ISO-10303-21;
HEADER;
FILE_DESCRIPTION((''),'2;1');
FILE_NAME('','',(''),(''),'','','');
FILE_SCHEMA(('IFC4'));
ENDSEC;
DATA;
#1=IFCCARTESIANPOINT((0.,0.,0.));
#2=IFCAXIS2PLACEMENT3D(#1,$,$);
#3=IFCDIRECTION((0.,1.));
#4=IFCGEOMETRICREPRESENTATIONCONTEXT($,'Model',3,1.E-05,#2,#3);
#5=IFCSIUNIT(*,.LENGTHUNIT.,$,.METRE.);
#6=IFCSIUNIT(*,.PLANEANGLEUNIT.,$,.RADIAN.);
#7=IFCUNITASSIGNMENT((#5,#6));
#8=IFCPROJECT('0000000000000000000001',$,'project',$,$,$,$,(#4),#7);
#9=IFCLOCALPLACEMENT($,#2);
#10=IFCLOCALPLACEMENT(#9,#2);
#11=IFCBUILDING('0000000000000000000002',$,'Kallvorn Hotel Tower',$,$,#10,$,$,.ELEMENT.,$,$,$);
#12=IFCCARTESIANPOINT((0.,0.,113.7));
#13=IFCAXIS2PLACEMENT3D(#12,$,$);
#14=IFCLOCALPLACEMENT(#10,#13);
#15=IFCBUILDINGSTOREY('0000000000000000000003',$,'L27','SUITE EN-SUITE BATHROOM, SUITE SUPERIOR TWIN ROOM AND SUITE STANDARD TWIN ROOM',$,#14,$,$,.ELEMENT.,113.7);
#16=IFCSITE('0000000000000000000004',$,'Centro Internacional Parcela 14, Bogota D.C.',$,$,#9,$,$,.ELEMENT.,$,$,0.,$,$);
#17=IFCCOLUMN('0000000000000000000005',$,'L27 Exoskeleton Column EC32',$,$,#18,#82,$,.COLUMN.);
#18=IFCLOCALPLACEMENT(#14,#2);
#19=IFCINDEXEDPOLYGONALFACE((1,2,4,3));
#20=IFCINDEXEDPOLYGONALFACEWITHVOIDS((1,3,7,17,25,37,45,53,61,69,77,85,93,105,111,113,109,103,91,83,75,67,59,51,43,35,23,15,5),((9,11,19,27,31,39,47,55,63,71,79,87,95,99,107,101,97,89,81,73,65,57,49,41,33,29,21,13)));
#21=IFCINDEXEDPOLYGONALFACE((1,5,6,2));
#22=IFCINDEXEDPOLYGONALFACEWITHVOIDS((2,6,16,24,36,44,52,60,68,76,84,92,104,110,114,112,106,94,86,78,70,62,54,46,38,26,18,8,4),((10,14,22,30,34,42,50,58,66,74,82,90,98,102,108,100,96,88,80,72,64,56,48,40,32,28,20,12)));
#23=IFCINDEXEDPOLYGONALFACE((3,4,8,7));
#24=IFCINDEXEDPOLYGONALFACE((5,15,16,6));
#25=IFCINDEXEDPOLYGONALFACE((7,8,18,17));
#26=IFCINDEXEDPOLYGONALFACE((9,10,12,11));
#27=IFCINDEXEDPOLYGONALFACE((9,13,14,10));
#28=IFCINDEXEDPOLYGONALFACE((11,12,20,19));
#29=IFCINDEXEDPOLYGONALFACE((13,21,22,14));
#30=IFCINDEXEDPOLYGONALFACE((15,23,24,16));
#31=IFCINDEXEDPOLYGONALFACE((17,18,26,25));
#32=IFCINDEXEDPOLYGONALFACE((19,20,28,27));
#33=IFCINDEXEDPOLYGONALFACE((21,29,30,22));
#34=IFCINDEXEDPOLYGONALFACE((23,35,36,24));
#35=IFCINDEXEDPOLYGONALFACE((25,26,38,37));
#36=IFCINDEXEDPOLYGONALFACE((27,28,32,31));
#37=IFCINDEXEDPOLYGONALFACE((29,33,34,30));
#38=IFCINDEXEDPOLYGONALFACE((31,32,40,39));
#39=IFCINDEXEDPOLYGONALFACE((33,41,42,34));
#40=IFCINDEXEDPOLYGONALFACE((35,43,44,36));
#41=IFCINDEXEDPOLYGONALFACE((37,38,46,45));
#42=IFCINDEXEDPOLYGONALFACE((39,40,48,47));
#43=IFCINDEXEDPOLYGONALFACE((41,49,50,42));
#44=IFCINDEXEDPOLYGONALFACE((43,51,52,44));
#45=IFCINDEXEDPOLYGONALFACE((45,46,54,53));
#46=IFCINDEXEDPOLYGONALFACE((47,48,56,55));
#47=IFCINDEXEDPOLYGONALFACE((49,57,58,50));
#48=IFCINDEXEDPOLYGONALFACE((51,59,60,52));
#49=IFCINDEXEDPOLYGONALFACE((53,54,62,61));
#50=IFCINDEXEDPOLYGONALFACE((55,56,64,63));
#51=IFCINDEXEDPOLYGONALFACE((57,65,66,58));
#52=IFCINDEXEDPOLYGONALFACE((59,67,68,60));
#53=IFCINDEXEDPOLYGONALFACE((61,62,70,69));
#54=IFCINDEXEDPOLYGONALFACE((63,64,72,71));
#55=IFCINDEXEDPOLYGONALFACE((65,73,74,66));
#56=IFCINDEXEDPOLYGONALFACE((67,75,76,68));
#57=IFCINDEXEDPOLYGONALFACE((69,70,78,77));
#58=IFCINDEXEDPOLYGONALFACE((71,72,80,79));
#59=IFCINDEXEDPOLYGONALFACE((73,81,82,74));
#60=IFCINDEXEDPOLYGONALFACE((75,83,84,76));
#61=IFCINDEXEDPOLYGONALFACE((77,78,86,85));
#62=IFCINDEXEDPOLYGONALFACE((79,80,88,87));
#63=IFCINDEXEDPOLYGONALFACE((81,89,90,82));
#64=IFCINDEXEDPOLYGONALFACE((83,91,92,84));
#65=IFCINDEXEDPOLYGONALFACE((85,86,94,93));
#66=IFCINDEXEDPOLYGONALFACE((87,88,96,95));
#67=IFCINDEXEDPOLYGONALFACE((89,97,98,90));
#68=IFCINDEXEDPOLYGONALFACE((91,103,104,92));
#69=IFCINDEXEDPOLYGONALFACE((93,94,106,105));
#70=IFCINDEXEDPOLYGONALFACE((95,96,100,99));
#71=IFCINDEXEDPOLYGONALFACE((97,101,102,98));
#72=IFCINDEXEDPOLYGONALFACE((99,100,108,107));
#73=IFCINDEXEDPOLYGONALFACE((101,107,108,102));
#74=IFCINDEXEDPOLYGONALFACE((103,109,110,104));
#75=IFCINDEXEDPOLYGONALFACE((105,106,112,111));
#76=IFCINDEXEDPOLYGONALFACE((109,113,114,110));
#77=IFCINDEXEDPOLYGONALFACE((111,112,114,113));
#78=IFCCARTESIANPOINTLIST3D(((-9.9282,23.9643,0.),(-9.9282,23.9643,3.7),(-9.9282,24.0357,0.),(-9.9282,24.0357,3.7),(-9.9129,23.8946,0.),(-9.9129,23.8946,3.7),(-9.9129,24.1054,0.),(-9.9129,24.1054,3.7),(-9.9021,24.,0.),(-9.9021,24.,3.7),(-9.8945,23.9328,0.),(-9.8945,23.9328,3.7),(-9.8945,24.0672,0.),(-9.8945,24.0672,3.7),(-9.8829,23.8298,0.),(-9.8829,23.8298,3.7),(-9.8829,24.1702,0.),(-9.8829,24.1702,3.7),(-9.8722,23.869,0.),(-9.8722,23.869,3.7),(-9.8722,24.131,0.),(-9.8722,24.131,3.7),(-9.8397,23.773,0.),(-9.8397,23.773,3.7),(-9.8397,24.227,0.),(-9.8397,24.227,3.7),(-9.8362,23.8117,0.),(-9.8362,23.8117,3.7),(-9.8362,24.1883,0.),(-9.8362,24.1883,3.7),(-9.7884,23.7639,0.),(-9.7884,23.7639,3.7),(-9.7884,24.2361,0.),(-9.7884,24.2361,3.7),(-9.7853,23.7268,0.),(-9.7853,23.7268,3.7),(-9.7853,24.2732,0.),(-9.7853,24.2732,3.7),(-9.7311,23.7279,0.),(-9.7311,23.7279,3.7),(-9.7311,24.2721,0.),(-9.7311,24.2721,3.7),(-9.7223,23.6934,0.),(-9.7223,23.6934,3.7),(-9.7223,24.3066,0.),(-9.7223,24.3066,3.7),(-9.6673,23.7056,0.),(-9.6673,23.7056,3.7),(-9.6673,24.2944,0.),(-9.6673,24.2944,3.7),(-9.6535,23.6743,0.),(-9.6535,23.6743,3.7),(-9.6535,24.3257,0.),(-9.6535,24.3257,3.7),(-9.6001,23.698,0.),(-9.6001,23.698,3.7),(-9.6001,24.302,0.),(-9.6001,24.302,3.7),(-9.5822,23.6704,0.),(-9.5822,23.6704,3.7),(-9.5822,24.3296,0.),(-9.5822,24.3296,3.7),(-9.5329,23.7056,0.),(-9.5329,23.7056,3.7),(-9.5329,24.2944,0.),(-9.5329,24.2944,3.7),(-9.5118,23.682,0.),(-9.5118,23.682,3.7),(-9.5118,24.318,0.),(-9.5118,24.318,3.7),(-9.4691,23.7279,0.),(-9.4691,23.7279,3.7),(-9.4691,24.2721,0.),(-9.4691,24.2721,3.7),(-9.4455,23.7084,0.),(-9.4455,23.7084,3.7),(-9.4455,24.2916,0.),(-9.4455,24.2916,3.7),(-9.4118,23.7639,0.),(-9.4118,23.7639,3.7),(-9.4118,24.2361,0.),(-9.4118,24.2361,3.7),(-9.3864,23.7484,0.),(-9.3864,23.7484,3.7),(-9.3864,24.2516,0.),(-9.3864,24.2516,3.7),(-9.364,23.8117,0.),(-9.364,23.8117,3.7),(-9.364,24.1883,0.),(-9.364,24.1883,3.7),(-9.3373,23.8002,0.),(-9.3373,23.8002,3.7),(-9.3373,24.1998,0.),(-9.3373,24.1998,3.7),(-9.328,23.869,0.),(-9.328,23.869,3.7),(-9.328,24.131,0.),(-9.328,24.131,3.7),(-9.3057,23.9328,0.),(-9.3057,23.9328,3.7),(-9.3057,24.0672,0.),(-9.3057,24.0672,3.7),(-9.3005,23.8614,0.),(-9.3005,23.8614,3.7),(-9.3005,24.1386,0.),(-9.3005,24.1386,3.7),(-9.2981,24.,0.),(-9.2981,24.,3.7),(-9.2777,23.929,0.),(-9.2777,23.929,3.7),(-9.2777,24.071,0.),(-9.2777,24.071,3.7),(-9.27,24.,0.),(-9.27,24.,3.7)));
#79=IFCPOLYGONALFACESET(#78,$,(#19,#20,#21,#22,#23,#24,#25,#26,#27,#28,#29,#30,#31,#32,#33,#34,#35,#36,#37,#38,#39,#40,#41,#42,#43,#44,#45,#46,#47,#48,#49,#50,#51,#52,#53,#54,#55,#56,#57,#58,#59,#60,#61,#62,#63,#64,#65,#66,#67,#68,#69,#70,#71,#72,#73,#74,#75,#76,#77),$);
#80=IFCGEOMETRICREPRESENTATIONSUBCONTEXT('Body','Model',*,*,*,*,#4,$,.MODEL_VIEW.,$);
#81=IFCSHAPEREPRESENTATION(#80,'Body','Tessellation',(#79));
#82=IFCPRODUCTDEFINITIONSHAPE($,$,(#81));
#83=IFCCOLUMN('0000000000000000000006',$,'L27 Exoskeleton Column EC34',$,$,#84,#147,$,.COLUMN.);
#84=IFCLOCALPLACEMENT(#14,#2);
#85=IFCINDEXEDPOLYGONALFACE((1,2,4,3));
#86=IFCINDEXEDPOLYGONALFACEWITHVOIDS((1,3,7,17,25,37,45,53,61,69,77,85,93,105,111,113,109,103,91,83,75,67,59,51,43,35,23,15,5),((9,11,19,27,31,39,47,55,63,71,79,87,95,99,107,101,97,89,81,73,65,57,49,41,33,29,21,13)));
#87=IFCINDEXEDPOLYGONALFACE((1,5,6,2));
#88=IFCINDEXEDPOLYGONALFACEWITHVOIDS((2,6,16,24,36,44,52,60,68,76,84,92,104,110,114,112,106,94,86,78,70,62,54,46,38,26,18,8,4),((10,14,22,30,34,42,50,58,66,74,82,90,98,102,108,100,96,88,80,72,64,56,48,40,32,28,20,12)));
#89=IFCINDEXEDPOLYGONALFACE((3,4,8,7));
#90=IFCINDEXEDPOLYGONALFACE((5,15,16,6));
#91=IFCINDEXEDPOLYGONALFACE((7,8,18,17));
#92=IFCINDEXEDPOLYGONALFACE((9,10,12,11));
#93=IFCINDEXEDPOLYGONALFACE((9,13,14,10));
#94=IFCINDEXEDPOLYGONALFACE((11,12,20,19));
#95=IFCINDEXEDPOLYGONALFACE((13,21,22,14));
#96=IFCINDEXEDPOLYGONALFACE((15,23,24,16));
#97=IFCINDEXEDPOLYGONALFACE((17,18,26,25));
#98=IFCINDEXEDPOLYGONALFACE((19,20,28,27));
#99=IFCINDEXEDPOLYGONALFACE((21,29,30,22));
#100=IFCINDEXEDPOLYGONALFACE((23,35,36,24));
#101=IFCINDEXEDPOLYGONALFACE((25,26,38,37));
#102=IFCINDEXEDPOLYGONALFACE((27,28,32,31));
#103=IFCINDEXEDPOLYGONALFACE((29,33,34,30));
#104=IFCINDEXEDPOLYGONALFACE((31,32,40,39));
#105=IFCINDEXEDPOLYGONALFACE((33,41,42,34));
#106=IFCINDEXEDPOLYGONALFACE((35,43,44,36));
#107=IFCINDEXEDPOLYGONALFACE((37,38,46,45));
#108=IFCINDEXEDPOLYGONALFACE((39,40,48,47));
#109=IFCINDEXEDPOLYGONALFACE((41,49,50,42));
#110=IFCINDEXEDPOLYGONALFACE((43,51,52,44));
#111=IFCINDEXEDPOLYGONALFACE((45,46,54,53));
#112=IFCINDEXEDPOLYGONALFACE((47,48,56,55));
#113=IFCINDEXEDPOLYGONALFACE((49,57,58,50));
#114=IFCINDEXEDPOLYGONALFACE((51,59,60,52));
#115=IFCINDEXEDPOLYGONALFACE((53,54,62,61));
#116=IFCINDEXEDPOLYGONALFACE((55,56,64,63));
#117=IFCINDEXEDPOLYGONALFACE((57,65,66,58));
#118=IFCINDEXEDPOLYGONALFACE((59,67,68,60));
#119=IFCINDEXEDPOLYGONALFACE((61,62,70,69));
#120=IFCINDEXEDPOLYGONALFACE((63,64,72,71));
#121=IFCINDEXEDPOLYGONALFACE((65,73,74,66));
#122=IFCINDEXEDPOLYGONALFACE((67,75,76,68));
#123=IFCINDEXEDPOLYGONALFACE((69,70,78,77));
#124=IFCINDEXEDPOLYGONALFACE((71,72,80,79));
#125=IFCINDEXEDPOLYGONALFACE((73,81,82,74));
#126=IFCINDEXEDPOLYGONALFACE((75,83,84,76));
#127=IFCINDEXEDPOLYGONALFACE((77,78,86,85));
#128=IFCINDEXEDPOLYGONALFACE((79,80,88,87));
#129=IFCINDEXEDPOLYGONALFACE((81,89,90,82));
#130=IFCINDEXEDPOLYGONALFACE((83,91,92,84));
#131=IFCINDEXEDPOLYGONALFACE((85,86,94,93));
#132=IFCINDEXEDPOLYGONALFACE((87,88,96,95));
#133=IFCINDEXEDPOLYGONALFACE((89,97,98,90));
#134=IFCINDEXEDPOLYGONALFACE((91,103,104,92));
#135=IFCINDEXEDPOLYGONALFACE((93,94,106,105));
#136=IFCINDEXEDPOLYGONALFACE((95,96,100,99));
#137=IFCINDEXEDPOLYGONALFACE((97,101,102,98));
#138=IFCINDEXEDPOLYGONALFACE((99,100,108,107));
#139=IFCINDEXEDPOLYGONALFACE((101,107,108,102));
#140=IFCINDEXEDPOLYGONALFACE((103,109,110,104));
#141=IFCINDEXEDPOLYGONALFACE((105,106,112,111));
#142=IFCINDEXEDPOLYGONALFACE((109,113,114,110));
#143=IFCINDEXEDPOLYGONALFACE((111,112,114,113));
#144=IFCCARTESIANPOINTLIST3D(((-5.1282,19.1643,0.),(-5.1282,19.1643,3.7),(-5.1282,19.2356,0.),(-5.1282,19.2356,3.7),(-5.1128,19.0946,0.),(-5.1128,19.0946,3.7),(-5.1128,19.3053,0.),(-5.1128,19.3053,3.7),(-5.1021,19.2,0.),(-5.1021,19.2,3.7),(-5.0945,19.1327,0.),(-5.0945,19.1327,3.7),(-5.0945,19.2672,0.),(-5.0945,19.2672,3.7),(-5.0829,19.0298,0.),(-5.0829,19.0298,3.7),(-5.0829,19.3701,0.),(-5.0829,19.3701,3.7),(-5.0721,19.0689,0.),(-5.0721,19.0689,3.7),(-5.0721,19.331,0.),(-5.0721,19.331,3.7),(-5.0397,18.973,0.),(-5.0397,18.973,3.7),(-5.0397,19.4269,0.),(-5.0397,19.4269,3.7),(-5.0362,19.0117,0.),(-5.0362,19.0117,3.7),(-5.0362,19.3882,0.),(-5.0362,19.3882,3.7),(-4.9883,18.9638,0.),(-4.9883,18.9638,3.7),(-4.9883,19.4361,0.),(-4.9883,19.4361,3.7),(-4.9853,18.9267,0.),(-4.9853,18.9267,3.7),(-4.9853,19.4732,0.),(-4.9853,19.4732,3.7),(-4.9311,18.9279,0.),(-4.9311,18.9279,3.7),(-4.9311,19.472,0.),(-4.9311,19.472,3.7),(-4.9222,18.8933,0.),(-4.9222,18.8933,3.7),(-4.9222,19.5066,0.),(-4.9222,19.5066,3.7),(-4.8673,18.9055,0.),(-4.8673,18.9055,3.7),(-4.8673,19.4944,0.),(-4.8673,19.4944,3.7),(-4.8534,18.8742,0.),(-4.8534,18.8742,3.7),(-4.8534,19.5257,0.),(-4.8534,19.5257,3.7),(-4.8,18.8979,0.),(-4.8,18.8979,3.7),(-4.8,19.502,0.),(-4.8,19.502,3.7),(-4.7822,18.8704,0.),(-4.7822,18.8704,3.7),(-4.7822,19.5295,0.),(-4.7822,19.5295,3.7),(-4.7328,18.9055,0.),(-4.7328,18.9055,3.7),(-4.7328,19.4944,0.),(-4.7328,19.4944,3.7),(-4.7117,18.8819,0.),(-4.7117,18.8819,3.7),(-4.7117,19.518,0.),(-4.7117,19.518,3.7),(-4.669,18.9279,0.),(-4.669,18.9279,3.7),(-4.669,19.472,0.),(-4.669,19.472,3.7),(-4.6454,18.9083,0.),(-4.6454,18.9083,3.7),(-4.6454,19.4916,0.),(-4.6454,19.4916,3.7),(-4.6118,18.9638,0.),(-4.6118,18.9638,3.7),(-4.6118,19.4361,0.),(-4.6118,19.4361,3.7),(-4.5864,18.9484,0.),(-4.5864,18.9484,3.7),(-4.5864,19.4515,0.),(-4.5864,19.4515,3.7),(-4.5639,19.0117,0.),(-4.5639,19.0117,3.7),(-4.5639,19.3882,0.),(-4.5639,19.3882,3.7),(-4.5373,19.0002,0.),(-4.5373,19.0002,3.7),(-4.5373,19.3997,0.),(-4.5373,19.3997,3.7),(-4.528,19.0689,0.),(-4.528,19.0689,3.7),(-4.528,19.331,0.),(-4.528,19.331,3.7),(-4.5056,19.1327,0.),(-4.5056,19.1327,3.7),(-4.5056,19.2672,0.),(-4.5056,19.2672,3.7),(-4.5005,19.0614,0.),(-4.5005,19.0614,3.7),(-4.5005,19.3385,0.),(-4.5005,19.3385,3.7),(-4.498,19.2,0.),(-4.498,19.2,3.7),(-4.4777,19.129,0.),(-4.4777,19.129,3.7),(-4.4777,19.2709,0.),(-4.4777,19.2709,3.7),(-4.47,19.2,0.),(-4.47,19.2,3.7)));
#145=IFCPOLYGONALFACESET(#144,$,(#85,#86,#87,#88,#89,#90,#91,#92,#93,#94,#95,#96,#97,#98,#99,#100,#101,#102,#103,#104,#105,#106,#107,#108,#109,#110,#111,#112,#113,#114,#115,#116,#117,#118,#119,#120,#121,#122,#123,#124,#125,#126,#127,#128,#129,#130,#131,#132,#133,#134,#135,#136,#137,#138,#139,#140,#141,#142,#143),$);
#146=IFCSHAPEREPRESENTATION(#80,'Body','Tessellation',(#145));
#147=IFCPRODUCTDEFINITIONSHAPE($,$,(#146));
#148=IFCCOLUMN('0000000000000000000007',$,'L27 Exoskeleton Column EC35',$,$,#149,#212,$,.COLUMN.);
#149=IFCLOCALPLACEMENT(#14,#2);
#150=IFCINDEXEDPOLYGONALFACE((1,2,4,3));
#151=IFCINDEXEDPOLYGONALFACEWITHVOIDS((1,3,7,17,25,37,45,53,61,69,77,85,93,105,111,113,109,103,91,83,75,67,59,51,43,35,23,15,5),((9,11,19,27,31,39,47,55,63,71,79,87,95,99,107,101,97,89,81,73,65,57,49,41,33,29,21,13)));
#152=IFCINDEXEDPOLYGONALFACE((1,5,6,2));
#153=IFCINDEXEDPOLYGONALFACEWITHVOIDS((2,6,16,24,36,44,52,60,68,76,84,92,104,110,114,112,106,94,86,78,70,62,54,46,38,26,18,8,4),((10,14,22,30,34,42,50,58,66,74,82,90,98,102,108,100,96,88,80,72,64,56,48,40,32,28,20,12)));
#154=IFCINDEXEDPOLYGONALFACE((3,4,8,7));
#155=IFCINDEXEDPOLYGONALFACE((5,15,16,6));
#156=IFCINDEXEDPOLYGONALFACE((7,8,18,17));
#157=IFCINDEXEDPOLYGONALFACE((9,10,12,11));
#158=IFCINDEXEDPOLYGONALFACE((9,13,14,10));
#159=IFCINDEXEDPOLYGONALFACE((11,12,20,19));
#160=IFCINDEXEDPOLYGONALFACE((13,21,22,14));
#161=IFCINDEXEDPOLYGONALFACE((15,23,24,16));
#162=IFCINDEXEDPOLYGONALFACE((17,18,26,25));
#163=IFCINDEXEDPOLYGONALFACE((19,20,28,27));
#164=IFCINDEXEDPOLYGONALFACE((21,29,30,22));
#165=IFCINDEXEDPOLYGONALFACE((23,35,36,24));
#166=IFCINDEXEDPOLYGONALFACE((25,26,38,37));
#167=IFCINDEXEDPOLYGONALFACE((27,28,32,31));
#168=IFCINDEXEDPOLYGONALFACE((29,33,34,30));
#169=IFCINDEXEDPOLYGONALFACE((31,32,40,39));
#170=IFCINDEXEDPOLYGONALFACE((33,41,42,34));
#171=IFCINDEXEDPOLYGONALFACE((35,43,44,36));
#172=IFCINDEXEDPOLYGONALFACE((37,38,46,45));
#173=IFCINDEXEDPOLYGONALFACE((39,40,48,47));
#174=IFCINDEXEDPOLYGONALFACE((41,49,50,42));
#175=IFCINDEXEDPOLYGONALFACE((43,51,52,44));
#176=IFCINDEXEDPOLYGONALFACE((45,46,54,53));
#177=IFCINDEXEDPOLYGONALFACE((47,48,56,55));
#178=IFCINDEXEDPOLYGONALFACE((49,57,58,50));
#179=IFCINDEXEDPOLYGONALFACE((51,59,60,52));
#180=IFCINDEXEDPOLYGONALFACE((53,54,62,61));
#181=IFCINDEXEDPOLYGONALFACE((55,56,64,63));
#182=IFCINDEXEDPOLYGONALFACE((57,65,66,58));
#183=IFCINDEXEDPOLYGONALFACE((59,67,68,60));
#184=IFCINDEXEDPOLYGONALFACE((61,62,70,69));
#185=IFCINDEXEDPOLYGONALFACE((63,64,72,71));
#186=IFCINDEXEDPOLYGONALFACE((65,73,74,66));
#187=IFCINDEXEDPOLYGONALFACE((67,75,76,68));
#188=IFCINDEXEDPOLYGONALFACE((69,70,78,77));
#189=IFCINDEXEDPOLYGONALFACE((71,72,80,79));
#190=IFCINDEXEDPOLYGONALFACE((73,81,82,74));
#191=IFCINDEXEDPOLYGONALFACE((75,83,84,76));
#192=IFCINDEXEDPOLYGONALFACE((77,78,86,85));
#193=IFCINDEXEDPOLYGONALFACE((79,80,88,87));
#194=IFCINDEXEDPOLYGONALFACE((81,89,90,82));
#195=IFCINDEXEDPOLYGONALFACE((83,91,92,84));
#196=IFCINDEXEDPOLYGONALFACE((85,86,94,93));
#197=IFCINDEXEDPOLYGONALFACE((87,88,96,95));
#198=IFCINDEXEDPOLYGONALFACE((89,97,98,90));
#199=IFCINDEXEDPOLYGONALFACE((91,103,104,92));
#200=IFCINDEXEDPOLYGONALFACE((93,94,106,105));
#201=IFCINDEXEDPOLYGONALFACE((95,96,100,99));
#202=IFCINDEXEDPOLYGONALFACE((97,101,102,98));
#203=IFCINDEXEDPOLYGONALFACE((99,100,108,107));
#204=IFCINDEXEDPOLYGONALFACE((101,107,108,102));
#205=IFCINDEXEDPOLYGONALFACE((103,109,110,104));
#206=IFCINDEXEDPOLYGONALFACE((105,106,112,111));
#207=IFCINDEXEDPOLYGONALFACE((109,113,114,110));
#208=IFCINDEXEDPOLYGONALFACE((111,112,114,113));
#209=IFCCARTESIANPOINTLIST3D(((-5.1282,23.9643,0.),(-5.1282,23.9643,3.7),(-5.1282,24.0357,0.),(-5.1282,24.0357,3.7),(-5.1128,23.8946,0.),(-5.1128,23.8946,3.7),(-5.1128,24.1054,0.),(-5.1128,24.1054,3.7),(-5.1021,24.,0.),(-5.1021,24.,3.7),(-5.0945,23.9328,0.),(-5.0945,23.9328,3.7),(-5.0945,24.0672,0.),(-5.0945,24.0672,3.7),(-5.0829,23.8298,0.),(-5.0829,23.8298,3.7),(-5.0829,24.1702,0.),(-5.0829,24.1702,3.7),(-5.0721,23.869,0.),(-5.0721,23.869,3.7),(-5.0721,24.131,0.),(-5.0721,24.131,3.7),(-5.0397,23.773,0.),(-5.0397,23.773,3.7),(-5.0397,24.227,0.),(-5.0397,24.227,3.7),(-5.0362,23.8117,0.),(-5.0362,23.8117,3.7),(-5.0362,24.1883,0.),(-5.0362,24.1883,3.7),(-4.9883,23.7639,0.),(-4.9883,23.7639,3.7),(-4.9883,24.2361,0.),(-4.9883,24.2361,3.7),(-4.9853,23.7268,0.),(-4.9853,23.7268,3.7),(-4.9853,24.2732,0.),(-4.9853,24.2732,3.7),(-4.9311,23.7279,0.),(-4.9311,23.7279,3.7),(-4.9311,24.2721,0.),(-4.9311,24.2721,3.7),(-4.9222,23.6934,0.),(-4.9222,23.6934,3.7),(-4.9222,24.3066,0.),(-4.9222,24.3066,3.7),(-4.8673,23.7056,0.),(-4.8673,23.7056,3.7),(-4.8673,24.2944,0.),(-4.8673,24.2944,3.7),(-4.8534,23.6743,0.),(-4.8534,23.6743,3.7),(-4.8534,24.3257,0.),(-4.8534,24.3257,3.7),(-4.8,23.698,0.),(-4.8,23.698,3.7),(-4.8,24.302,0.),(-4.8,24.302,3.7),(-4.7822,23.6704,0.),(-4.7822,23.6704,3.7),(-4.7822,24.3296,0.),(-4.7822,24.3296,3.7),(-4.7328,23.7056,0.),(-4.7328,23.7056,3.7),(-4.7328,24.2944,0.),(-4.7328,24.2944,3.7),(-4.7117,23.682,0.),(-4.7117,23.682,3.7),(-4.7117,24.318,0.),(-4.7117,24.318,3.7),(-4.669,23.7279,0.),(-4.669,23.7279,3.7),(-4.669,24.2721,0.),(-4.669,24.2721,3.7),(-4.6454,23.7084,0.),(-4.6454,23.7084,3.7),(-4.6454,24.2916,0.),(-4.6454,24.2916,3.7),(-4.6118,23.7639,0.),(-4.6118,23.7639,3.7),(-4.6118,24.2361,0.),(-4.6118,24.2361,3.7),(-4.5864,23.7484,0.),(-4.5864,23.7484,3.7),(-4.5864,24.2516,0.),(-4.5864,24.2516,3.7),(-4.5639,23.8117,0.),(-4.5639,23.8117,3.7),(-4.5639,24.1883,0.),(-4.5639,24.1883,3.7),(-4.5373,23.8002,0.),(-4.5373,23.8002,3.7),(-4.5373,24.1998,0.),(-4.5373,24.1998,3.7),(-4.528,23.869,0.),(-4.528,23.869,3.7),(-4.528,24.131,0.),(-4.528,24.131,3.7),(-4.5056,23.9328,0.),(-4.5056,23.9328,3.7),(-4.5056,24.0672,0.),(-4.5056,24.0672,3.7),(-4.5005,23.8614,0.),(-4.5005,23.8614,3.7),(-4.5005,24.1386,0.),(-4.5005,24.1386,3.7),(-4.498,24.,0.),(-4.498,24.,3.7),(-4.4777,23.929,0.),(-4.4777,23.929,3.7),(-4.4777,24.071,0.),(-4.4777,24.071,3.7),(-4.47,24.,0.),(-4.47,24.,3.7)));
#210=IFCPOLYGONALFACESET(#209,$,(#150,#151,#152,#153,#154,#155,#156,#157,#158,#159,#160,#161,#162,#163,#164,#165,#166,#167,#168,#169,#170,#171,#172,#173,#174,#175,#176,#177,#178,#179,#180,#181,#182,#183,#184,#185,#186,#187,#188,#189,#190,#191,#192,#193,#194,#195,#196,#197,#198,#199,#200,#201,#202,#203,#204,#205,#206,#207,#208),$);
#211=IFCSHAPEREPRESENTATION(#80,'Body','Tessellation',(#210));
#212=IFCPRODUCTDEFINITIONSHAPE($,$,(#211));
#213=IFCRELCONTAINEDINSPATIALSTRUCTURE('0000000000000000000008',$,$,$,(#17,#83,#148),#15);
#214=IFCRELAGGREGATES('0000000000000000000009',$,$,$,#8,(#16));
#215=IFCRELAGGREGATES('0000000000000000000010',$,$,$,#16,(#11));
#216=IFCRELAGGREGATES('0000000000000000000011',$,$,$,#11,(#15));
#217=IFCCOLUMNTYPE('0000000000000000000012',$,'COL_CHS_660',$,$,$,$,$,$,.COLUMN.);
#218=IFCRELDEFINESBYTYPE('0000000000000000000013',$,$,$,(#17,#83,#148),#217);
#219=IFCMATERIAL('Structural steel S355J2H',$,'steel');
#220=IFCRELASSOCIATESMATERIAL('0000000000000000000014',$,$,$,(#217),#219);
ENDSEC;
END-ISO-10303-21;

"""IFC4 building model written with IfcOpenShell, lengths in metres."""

from ifc_helpers import new_model, si_unit, direction, frame, origin, origin_2d, place, context, subcontext, project, spatial, hollow_circle, extrude, material, material_profile, profile_set, type_object, element, save


model = new_model("IFC4")

# Units and contexts
model_context = context("Model", 3, precision=1e-05, world=origin(), true_north=direction((0.0, 1.0)))
body_context = subcontext(model_context, "Body", "Model", "MODEL_VIEW")
ifc_project = project(units=[si_unit("LENGTHUNIT", "METRE"), si_unit("PLANEANGLEUNIT", "RADIAN")], contexts=[model_context])

# Site, building, storey
site_placement = place(None, origin())
site = spatial("IfcSite", under=ifc_project, at=site_placement, Name="Centro Internacional Parcela 14, Bogota D.C.", CompositionType="ELEMENT", RefElevation=0.0)
building_placement = place(site_placement, origin())
building = spatial("IfcBuilding", under=site, at=building_placement, Name="Kallvorn Hotel Tower", CompositionType="ELEMENT")
storey_placement = place(building_placement, frame((0.0, 0.0, 113.7)))
storey = spatial("IfcBuildingStorey", under=building, at=storey_placement, Name="L27", Description="SUITE EN-SUITE BATHROOM, SUITE SUPERIOR TWIN ROOM AND SUITE STANDARD TWIN ROOM", CompositionType="ELEMENT", Elevation=113.7)

# Columns
ifc_material_1 = material(Name="Structural steel S355J2H", Category="steel")
ifc_material_profile_1 = material_profile(ifc_material_1, hollow_circle(Radius=0.3301, WallThickness=0.0281, at=origin_2d()), Name="CHS 660x28")
ifc_profile_set_1 = profile_set([ifc_material_profile_1], Name="Structural steel S355J2H")
column_type_1 = type_object("IfcColumnType", Name="COL_CHS_660", PredefinedType="COLUMN", material=ifc_profile_set_1)
for number, where, z_axis, x_axis, name in (
    (1, (-9.6001, 24.0, 0.0), (0.0, 0.0, 1.0), (1.0, 0.0, 0.0), "L27 Exoskeleton Column EC32"),
    (2, (-4.8, 19.2, 0.0), (0.0, 0.0, 1.0), (1.0, 0.0, 0.0), "L27 Exoskeleton Column EC34"),
    (3, (-4.8, 24.0, 0.0), (0.0, 0.0, 1.0), (1.0, 0.0, 0.0), "L27 Exoskeleton Column EC35"),
):
    element("IfcColumn", number, at=place(storey_placement, frame(where, z_axis=z_axis, x_axis=x_axis)), inside=storey, type_object=column_type_1, Name=name, PredefinedType="COLUMN", context=body_context, shape_type="SweptSolid", body=[
        extrude(hollow_circle(Radius=0.3301, WallThickness=0.0281, at=origin_2d()), origin(), (0.0, 0.0, 1.0), 3.7),
    ])

save(model, "model.ifc")
